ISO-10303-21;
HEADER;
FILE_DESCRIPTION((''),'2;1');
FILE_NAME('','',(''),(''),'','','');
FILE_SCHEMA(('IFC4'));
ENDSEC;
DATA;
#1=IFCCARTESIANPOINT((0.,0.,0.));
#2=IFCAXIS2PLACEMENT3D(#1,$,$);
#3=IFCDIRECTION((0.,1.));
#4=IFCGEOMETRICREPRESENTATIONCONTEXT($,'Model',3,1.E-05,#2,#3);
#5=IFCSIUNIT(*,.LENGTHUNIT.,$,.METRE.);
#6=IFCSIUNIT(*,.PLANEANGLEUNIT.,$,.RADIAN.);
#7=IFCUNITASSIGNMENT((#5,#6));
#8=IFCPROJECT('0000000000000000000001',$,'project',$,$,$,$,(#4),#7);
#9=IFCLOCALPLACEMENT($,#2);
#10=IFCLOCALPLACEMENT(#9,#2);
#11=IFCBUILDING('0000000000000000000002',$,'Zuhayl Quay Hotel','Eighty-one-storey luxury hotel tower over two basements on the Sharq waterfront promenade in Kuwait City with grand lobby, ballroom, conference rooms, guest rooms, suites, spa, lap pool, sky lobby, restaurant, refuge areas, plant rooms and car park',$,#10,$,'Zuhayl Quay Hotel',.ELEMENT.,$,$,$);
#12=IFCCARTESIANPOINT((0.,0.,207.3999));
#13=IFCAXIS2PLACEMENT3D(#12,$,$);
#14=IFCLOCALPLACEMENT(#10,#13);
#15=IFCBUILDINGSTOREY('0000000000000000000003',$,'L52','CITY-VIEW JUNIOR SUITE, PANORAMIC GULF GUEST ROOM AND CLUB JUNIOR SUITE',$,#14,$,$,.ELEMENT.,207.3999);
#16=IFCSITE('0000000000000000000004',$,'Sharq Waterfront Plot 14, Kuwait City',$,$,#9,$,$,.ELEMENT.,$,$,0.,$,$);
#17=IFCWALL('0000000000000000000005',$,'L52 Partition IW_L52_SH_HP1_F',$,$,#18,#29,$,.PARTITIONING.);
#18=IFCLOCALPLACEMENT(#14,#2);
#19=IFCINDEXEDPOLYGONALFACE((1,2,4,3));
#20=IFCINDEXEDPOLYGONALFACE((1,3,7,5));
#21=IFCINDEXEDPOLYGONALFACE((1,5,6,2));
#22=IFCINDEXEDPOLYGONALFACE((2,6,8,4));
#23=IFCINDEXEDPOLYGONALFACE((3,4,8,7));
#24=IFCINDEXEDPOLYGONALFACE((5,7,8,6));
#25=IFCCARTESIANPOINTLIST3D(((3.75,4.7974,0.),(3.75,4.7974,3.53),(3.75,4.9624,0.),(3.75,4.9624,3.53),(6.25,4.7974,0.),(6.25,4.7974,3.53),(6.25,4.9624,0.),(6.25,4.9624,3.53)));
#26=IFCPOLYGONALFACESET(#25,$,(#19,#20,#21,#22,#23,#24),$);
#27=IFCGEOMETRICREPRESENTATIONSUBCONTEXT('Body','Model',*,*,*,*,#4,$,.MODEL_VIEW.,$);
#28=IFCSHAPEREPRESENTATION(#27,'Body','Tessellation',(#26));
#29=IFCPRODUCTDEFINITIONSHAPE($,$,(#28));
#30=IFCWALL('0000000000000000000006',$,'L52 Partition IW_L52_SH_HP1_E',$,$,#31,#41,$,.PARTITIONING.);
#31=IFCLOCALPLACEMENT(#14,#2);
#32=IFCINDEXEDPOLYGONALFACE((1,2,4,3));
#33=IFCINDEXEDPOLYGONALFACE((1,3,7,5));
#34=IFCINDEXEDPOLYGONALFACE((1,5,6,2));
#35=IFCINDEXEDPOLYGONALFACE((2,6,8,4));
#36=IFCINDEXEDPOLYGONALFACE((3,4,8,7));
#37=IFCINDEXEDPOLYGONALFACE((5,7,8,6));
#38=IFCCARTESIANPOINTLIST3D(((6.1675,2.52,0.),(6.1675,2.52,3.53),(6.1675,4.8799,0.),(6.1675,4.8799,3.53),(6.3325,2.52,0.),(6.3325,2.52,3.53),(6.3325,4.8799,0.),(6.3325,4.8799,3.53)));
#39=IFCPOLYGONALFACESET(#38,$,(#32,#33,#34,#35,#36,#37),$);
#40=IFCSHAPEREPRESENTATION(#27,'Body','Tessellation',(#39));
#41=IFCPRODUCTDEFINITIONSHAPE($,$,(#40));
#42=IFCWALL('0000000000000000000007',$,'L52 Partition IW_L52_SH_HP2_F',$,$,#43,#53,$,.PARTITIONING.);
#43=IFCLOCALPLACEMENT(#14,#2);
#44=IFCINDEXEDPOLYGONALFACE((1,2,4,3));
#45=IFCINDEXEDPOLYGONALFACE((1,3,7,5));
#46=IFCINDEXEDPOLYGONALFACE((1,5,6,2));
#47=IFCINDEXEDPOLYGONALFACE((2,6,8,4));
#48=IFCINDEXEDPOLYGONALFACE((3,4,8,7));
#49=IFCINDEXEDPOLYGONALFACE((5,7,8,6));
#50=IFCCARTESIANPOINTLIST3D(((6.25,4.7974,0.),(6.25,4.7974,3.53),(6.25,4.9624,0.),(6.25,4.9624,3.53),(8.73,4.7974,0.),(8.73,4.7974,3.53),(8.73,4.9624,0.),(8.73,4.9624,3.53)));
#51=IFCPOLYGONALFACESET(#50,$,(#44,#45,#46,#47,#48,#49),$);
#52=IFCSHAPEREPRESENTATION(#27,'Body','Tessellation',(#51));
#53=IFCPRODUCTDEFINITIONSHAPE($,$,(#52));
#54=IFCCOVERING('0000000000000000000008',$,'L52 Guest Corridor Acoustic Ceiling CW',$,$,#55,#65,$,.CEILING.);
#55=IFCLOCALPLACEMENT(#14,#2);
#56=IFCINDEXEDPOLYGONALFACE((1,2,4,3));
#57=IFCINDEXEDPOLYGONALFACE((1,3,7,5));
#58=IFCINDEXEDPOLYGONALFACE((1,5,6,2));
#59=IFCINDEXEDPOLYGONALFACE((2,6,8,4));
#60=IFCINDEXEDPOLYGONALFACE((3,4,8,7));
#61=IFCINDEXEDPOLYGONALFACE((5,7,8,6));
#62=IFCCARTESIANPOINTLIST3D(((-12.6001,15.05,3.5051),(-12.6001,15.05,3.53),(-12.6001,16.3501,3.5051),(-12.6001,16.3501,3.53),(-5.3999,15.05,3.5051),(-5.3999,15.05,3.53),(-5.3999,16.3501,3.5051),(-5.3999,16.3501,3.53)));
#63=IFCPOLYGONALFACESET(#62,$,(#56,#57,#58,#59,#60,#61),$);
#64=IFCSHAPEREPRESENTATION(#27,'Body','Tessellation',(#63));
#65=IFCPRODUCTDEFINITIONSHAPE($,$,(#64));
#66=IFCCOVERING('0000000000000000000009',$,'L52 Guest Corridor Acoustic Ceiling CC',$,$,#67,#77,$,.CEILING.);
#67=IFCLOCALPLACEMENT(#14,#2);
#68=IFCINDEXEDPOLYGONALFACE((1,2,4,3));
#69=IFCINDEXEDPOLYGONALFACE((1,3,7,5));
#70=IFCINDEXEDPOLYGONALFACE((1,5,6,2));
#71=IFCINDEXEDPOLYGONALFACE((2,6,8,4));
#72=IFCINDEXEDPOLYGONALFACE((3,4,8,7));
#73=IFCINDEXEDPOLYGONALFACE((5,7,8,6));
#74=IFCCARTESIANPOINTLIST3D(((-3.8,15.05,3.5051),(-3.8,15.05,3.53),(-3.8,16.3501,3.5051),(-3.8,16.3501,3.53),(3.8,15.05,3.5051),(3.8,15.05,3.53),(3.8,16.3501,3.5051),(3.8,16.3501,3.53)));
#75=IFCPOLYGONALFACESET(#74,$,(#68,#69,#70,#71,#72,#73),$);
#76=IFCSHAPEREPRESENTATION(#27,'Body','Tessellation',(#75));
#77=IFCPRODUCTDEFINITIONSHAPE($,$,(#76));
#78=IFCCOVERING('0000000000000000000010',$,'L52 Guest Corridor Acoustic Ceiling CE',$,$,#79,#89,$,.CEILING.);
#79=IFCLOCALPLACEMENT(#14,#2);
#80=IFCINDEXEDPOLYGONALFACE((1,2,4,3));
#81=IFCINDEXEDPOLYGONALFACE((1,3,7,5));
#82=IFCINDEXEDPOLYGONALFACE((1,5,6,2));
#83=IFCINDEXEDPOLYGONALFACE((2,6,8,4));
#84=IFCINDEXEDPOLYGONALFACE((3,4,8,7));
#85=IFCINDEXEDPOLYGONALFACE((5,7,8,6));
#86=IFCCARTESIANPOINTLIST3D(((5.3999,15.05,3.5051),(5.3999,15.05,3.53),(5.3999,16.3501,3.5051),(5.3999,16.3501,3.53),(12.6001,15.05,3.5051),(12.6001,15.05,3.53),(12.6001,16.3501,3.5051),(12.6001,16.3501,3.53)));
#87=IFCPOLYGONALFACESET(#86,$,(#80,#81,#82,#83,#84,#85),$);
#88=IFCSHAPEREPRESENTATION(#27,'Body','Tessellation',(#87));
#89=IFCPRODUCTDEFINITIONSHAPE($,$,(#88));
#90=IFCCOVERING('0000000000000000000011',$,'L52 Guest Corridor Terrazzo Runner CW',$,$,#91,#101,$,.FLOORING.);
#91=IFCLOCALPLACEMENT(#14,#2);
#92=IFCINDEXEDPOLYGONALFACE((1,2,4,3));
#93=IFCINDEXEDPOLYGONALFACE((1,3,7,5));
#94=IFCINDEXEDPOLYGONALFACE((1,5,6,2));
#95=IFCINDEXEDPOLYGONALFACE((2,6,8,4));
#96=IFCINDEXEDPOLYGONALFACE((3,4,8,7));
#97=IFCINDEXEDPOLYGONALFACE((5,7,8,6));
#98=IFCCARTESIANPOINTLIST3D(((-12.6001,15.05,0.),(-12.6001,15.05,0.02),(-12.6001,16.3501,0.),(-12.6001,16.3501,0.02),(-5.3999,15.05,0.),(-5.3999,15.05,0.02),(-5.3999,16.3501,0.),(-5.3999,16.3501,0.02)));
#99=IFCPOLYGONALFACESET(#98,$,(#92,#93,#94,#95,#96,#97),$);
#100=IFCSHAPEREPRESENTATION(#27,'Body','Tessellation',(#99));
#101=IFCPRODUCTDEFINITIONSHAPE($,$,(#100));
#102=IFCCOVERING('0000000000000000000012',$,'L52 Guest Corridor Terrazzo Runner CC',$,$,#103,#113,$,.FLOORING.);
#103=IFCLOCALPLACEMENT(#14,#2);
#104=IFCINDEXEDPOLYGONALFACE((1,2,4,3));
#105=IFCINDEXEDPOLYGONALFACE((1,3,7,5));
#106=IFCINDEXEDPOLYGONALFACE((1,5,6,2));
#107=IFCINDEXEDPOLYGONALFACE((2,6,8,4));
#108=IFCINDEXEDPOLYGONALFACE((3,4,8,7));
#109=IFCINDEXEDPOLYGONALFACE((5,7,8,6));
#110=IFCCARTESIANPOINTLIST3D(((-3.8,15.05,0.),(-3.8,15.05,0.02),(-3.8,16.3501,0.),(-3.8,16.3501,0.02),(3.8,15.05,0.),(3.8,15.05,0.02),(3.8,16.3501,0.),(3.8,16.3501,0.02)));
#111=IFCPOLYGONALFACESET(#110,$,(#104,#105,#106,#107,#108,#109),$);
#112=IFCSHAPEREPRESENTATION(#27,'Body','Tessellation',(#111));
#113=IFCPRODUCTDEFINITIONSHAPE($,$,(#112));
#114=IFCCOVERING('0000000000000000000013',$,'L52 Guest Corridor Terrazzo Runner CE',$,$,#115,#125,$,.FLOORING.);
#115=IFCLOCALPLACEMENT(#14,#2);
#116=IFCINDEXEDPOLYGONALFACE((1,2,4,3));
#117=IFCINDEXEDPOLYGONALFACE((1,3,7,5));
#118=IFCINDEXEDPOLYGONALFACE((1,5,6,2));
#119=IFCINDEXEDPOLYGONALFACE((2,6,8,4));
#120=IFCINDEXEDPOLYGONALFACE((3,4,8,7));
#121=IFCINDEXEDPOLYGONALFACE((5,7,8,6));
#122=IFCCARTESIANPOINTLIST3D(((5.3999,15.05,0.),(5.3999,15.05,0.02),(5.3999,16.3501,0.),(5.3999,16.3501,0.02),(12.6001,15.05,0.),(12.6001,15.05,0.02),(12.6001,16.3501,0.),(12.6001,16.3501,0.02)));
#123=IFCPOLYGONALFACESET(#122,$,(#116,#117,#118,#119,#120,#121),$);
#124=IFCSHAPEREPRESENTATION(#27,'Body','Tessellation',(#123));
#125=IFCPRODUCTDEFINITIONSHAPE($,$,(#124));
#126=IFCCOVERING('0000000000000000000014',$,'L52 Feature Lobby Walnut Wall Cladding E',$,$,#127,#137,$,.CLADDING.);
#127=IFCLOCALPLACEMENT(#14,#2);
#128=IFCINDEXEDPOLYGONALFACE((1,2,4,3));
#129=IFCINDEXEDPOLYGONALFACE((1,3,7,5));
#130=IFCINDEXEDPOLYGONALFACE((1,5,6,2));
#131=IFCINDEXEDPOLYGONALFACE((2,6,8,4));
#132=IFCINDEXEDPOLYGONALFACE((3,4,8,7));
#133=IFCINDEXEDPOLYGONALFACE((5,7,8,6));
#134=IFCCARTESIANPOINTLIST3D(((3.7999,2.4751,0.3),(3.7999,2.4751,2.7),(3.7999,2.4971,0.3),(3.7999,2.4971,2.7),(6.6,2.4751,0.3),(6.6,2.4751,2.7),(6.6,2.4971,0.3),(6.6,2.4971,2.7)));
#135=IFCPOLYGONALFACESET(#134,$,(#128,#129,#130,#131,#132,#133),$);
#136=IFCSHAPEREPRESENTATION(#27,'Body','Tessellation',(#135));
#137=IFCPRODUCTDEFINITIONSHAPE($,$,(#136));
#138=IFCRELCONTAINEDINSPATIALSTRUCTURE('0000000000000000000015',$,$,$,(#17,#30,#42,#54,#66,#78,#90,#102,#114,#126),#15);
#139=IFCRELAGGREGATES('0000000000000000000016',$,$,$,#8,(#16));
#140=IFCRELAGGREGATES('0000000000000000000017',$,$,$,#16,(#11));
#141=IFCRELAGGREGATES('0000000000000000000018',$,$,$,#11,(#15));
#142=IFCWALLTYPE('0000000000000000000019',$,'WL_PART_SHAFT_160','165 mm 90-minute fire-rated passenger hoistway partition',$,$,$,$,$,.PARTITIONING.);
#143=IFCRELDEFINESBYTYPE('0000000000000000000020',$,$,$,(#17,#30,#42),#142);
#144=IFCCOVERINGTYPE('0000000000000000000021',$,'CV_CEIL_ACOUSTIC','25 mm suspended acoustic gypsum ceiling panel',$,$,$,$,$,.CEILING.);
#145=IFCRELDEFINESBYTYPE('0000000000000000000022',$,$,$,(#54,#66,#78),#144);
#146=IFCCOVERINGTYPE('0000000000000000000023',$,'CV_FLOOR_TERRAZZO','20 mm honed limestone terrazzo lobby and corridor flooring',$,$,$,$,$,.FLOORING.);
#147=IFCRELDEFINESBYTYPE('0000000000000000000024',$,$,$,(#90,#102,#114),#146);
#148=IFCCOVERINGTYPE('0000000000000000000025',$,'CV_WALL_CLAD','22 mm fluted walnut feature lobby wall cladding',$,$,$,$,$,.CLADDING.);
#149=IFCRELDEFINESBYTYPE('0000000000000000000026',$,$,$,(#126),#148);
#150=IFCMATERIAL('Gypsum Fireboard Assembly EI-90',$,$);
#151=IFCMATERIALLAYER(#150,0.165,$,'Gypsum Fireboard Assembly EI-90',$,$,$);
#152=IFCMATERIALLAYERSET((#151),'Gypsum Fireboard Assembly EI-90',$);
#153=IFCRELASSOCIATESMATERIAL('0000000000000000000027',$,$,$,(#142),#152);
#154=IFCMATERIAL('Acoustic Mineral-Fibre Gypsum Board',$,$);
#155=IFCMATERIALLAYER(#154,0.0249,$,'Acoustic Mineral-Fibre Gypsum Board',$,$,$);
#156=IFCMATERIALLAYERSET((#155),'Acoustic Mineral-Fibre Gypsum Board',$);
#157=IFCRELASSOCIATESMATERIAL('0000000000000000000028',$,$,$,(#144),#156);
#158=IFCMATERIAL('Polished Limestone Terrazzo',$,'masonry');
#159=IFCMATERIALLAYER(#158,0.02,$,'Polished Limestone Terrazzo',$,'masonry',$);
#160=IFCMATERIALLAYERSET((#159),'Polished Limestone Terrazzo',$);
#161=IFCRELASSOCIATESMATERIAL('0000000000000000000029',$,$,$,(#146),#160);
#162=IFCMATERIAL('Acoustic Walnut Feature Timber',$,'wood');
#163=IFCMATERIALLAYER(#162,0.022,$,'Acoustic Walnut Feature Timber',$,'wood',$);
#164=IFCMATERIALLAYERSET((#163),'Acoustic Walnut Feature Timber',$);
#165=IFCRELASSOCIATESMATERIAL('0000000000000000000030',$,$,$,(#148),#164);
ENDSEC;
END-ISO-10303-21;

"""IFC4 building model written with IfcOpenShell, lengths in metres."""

from ifc_helpers import new_model, si_unit, direction, frame, frame_2d, origin, origin_2d, place, context, subcontext, project, spatial, polyline, rectangle, outline, extrude, material, layer, layer_set, type_object, element, save


model = new_model("IFC4")

# Units and contexts
model_context = context("Model", 3, precision=1e-05, world=origin(), true_north=direction((0.0, 1.0)))
body_context = subcontext(model_context, "Body", "Model", "MODEL_VIEW")
ifc_project = project(units=[si_unit("LENGTHUNIT", "METRE"), si_unit("PLANEANGLEUNIT", "RADIAN")], contexts=[model_context])

# Site, building, storey
site_placement = place(None, origin())
site = spatial("IfcSite", under=ifc_project, at=site_placement, Name="Sharq Waterfront Plot 14, Kuwait City", CompositionType="ELEMENT", RefElevation=0.0)
building_placement = place(site_placement, origin())
building = spatial("IfcBuilding", under=site, at=building_placement, Name="Zuhayl Quay Hotel", Description="Eighty-one-storey luxury hotel tower over two basements on the Sharq waterfront promenade in Kuwait City with grand lobby, ballroom, conference rooms, guest rooms, suites, spa, lap pool, sky lobby, restaurant, refuge areas, plant rooms and car park", LongName="Zuhayl Quay Hotel", CompositionType="ELEMENT")
storey_placement = place(building_placement, frame((0.0, 0.0, 207.3999)))
storey = spatial("IfcBuildingStorey", under=building, at=storey_placement, Name="L52", Description="CITY-VIEW JUNIOR SUITE, PANORAMIC GULF GUEST ROOM AND CLUB JUNIOR SUITE", CompositionType="ELEMENT", Elevation=207.3999)

# Shared definitions
ifc_material_1 = material(Name="Gypsum Fireboard Assembly EI-90")
ifc_layer_1 = layer(ifc_material_1, 0.165, Name="Gypsum Fireboard Assembly EI-90")
ifc_layer_set_1 = layer_set([ifc_layer_1], Name="Gypsum Fireboard Assembly EI-90")
wall_type_1 = type_object("IfcWallType", Name="WL_PART_SHAFT_160", Description="165 mm 90-minute fire-rated passenger hoistway partition", PredefinedType="PARTITIONING", material=ifc_layer_set_1)

# Walls
wall_1_placement = place(storey_placement, frame((3.75, 4.8799, 0.0), z_axis=(0.0, 0.0, 1.0), x_axis=(1.0, 0.0, 0.0)))
element("IfcWall", 1, at=wall_1_placement, inside=storey, type_object=wall_type_1, Name="L52 Partition IW_L52_SH_HP1_F", PredefinedType="PARTITIONING", context=body_context, shape_type="SweptSolid", body=[
    extrude(rectangle(XDim=2.5, YDim=0.165, at=frame_2d((1.25, 0.0))), origin(), (0.0, 0.0, 1.0), 3.53),
])
wall_2_placement = place(storey_placement, frame((6.25, 2.52, 0.0), z_axis=(0.0, 0.0, 1.0), x_axis=(0.0, 1.0, 0.0)))
element("IfcWall", 2, at=wall_2_placement, inside=storey, type_object=wall_type_1, Name="L52 Partition IW_L52_SH_HP1_E", PredefinedType="PARTITIONING", context=body_context, shape_type="SweptSolid", body=[
    extrude(rectangle(XDim=2.3599, YDim=0.165, at=frame_2d((1.1799, 0.0))), origin(), (0.0, 0.0, 1.0), 3.53),
])
wall_3_placement = place(storey_placement, frame((6.25, 4.8799, 0.0), z_axis=(0.0, 0.0, 1.0), x_axis=(1.0, 0.0, 0.0)))
element("IfcWall", 3, at=wall_3_placement, inside=storey, type_object=wall_type_1, Name="L52 Partition IW_L52_SH_HP2_F", PredefinedType="PARTITIONING", context=body_context, shape_type="SweptSolid", body=[
    extrude(rectangle(XDim=2.48, YDim=0.165, at=frame_2d((1.24, 0.0))), origin(), (0.0, 0.0, 1.0), 3.53),
])

# Coverings
ifc_material_2 = material(Name="Acoustic Mineral-Fibre Gypsum Board")
ifc_layer_2 = layer(ifc_material_2, 0.0249, Name="Acoustic Mineral-Fibre Gypsum Board")
ifc_layer_set_2 = layer_set([ifc_layer_2], Name="Acoustic Mineral-Fibre Gypsum Board")
covering_type_1 = type_object("IfcCoveringType", Name="CV_CEIL_ACOUSTIC", Description="25 mm suspended acoustic gypsum ceiling panel", PredefinedType="CEILING", material=ifc_layer_set_2)
covering_1_placement = place(storey_placement, frame((0.0, 0.0, 3.5051)))
element("IfcCovering", 4, at=covering_1_placement, inside=storey, type_object=covering_type_1, Name="L52 Guest Corridor Acoustic Ceiling CW", PredefinedType="CEILING", context=body_context, shape_type="SweptSolid", body=[
    extrude(outline(polyline([(-12.6001, 15.05), (-5.3999, 15.05), (-5.3999, 16.3501), (-12.6001, 16.3501), (-12.6001, 15.05)])), origin(), (0.0, 0.0, 1.0), 0.0249),
])
covering_2_placement = place(storey_placement, frame((0.0, 0.0, 3.5051)))
element("IfcCovering", 5, at=covering_2_placement, inside=storey, type_object=covering_type_1, Name="L52 Guest Corridor Acoustic Ceiling CC", PredefinedType="CEILING", context=body_context, shape_type="SweptSolid", body=[
    extrude(outline(polyline([(-3.8, 15.05), (3.8, 15.05), (3.8, 16.3501), (-3.8, 16.3501), (-3.8, 15.05)])), origin(), (0.0, 0.0, 1.0), 0.0249),
])
covering_3_placement = place(storey_placement, frame((0.0, 0.0, 3.5051)))
element("IfcCovering", 6, at=covering_3_placement, inside=storey, type_object=covering_type_1, Name="L52 Guest Corridor Acoustic Ceiling CE", PredefinedType="CEILING", context=body_context, shape_type="SweptSolid", body=[
    extrude(outline(polyline([(5.3999, 15.05), (12.6001, 15.05), (12.6001, 16.3501), (5.3999, 16.3501), (5.3999, 15.05)])), origin(), (0.0, 0.0, 1.0), 0.0249),
])
ifc_material_3 = material(Name="Polished Limestone Terrazzo", Category="masonry")
ifc_layer_3 = layer(ifc_material_3, 0.02, Name="Polished Limestone Terrazzo", Category="masonry")
ifc_layer_set_3 = layer_set([ifc_layer_3], Name="Polished Limestone Terrazzo")
covering_type_2 = type_object("IfcCoveringType", Name="CV_FLOOR_TERRAZZO", Description="20 mm honed limestone terrazzo lobby and corridor flooring", PredefinedType="FLOORING", material=ifc_layer_set_3)
covering_4_placement = place(storey_placement, origin())
element("IfcCovering", 7, at=covering_4_placement, inside=storey, type_object=covering_type_2, Name="L52 Guest Corridor Terrazzo Runner CW", PredefinedType="FLOORING", context=body_context, shape_type="SweptSolid", body=[
    extrude(outline(polyline([(-12.6001, 15.05), (-5.3999, 15.05), (-5.3999, 16.3501), (-12.6001, 16.3501), (-12.6001, 15.05)])), origin(), (0.0, 0.0, 1.0), 0.02),
])
covering_5_placement = place(storey_placement, origin())
element("IfcCovering", 8, at=covering_5_placement, inside=storey, type_object=covering_type_2, Name="L52 Guest Corridor Terrazzo Runner CC", PredefinedType="FLOORING", context=body_context, shape_type="SweptSolid", body=[
    extrude(outline(polyline([(-3.8, 15.05), (3.8, 15.05), (3.8, 16.3501), (-3.8, 16.3501), (-3.8, 15.05)])), origin(), (0.0, 0.0, 1.0), 0.02),
])
covering_6_placement = place(storey_placement, origin())
element("IfcCovering", 9, at=covering_6_placement, inside=storey, type_object=covering_type_2, Name="L52 Guest Corridor Terrazzo Runner CE", PredefinedType="FLOORING", context=body_context, shape_type="SweptSolid", body=[
    extrude(outline(polyline([(5.3999, 15.05), (12.6001, 15.05), (12.6001, 16.3501), (5.3999, 16.3501), (5.3999, 15.05)])), origin(), (0.0, 0.0, 1.0), 0.02),
])
ifc_material_4 = material(Name="Acoustic Walnut Feature Timber", Category="wood")
ifc_layer_4 = layer(ifc_material_4, 0.022, Name="Acoustic Walnut Feature Timber", Category="wood")
ifc_layer_set_4 = layer_set([ifc_layer_4], Name="Acoustic Walnut Feature Timber")
covering_type_3 = type_object("IfcCoveringType", Name="CV_WALL_CLAD", Description="22 mm fluted walnut feature lobby wall cladding", PredefinedType="CLADDING", material=ifc_layer_set_4)
covering_7_placement = place(storey_placement, frame((5.2, 2.4861, 0.3), z_axis=(0.0, 0.0, 1.0), x_axis=(1.0, 0.0, 0.0)))
element("IfcCovering", 10, at=covering_7_placement, inside=storey, type_object=covering_type_3, Name="L52 Feature Lobby Walnut Wall Cladding E", PredefinedType="CLADDING", context=body_context, shape_type="SweptSolid", body=[
    extrude(rectangle(XDim=2.8, YDim=0.022, at=origin_2d()), origin(), (0.0, 0.0, 1.0), 2.3999),
])

save(model, "model.ifc")
